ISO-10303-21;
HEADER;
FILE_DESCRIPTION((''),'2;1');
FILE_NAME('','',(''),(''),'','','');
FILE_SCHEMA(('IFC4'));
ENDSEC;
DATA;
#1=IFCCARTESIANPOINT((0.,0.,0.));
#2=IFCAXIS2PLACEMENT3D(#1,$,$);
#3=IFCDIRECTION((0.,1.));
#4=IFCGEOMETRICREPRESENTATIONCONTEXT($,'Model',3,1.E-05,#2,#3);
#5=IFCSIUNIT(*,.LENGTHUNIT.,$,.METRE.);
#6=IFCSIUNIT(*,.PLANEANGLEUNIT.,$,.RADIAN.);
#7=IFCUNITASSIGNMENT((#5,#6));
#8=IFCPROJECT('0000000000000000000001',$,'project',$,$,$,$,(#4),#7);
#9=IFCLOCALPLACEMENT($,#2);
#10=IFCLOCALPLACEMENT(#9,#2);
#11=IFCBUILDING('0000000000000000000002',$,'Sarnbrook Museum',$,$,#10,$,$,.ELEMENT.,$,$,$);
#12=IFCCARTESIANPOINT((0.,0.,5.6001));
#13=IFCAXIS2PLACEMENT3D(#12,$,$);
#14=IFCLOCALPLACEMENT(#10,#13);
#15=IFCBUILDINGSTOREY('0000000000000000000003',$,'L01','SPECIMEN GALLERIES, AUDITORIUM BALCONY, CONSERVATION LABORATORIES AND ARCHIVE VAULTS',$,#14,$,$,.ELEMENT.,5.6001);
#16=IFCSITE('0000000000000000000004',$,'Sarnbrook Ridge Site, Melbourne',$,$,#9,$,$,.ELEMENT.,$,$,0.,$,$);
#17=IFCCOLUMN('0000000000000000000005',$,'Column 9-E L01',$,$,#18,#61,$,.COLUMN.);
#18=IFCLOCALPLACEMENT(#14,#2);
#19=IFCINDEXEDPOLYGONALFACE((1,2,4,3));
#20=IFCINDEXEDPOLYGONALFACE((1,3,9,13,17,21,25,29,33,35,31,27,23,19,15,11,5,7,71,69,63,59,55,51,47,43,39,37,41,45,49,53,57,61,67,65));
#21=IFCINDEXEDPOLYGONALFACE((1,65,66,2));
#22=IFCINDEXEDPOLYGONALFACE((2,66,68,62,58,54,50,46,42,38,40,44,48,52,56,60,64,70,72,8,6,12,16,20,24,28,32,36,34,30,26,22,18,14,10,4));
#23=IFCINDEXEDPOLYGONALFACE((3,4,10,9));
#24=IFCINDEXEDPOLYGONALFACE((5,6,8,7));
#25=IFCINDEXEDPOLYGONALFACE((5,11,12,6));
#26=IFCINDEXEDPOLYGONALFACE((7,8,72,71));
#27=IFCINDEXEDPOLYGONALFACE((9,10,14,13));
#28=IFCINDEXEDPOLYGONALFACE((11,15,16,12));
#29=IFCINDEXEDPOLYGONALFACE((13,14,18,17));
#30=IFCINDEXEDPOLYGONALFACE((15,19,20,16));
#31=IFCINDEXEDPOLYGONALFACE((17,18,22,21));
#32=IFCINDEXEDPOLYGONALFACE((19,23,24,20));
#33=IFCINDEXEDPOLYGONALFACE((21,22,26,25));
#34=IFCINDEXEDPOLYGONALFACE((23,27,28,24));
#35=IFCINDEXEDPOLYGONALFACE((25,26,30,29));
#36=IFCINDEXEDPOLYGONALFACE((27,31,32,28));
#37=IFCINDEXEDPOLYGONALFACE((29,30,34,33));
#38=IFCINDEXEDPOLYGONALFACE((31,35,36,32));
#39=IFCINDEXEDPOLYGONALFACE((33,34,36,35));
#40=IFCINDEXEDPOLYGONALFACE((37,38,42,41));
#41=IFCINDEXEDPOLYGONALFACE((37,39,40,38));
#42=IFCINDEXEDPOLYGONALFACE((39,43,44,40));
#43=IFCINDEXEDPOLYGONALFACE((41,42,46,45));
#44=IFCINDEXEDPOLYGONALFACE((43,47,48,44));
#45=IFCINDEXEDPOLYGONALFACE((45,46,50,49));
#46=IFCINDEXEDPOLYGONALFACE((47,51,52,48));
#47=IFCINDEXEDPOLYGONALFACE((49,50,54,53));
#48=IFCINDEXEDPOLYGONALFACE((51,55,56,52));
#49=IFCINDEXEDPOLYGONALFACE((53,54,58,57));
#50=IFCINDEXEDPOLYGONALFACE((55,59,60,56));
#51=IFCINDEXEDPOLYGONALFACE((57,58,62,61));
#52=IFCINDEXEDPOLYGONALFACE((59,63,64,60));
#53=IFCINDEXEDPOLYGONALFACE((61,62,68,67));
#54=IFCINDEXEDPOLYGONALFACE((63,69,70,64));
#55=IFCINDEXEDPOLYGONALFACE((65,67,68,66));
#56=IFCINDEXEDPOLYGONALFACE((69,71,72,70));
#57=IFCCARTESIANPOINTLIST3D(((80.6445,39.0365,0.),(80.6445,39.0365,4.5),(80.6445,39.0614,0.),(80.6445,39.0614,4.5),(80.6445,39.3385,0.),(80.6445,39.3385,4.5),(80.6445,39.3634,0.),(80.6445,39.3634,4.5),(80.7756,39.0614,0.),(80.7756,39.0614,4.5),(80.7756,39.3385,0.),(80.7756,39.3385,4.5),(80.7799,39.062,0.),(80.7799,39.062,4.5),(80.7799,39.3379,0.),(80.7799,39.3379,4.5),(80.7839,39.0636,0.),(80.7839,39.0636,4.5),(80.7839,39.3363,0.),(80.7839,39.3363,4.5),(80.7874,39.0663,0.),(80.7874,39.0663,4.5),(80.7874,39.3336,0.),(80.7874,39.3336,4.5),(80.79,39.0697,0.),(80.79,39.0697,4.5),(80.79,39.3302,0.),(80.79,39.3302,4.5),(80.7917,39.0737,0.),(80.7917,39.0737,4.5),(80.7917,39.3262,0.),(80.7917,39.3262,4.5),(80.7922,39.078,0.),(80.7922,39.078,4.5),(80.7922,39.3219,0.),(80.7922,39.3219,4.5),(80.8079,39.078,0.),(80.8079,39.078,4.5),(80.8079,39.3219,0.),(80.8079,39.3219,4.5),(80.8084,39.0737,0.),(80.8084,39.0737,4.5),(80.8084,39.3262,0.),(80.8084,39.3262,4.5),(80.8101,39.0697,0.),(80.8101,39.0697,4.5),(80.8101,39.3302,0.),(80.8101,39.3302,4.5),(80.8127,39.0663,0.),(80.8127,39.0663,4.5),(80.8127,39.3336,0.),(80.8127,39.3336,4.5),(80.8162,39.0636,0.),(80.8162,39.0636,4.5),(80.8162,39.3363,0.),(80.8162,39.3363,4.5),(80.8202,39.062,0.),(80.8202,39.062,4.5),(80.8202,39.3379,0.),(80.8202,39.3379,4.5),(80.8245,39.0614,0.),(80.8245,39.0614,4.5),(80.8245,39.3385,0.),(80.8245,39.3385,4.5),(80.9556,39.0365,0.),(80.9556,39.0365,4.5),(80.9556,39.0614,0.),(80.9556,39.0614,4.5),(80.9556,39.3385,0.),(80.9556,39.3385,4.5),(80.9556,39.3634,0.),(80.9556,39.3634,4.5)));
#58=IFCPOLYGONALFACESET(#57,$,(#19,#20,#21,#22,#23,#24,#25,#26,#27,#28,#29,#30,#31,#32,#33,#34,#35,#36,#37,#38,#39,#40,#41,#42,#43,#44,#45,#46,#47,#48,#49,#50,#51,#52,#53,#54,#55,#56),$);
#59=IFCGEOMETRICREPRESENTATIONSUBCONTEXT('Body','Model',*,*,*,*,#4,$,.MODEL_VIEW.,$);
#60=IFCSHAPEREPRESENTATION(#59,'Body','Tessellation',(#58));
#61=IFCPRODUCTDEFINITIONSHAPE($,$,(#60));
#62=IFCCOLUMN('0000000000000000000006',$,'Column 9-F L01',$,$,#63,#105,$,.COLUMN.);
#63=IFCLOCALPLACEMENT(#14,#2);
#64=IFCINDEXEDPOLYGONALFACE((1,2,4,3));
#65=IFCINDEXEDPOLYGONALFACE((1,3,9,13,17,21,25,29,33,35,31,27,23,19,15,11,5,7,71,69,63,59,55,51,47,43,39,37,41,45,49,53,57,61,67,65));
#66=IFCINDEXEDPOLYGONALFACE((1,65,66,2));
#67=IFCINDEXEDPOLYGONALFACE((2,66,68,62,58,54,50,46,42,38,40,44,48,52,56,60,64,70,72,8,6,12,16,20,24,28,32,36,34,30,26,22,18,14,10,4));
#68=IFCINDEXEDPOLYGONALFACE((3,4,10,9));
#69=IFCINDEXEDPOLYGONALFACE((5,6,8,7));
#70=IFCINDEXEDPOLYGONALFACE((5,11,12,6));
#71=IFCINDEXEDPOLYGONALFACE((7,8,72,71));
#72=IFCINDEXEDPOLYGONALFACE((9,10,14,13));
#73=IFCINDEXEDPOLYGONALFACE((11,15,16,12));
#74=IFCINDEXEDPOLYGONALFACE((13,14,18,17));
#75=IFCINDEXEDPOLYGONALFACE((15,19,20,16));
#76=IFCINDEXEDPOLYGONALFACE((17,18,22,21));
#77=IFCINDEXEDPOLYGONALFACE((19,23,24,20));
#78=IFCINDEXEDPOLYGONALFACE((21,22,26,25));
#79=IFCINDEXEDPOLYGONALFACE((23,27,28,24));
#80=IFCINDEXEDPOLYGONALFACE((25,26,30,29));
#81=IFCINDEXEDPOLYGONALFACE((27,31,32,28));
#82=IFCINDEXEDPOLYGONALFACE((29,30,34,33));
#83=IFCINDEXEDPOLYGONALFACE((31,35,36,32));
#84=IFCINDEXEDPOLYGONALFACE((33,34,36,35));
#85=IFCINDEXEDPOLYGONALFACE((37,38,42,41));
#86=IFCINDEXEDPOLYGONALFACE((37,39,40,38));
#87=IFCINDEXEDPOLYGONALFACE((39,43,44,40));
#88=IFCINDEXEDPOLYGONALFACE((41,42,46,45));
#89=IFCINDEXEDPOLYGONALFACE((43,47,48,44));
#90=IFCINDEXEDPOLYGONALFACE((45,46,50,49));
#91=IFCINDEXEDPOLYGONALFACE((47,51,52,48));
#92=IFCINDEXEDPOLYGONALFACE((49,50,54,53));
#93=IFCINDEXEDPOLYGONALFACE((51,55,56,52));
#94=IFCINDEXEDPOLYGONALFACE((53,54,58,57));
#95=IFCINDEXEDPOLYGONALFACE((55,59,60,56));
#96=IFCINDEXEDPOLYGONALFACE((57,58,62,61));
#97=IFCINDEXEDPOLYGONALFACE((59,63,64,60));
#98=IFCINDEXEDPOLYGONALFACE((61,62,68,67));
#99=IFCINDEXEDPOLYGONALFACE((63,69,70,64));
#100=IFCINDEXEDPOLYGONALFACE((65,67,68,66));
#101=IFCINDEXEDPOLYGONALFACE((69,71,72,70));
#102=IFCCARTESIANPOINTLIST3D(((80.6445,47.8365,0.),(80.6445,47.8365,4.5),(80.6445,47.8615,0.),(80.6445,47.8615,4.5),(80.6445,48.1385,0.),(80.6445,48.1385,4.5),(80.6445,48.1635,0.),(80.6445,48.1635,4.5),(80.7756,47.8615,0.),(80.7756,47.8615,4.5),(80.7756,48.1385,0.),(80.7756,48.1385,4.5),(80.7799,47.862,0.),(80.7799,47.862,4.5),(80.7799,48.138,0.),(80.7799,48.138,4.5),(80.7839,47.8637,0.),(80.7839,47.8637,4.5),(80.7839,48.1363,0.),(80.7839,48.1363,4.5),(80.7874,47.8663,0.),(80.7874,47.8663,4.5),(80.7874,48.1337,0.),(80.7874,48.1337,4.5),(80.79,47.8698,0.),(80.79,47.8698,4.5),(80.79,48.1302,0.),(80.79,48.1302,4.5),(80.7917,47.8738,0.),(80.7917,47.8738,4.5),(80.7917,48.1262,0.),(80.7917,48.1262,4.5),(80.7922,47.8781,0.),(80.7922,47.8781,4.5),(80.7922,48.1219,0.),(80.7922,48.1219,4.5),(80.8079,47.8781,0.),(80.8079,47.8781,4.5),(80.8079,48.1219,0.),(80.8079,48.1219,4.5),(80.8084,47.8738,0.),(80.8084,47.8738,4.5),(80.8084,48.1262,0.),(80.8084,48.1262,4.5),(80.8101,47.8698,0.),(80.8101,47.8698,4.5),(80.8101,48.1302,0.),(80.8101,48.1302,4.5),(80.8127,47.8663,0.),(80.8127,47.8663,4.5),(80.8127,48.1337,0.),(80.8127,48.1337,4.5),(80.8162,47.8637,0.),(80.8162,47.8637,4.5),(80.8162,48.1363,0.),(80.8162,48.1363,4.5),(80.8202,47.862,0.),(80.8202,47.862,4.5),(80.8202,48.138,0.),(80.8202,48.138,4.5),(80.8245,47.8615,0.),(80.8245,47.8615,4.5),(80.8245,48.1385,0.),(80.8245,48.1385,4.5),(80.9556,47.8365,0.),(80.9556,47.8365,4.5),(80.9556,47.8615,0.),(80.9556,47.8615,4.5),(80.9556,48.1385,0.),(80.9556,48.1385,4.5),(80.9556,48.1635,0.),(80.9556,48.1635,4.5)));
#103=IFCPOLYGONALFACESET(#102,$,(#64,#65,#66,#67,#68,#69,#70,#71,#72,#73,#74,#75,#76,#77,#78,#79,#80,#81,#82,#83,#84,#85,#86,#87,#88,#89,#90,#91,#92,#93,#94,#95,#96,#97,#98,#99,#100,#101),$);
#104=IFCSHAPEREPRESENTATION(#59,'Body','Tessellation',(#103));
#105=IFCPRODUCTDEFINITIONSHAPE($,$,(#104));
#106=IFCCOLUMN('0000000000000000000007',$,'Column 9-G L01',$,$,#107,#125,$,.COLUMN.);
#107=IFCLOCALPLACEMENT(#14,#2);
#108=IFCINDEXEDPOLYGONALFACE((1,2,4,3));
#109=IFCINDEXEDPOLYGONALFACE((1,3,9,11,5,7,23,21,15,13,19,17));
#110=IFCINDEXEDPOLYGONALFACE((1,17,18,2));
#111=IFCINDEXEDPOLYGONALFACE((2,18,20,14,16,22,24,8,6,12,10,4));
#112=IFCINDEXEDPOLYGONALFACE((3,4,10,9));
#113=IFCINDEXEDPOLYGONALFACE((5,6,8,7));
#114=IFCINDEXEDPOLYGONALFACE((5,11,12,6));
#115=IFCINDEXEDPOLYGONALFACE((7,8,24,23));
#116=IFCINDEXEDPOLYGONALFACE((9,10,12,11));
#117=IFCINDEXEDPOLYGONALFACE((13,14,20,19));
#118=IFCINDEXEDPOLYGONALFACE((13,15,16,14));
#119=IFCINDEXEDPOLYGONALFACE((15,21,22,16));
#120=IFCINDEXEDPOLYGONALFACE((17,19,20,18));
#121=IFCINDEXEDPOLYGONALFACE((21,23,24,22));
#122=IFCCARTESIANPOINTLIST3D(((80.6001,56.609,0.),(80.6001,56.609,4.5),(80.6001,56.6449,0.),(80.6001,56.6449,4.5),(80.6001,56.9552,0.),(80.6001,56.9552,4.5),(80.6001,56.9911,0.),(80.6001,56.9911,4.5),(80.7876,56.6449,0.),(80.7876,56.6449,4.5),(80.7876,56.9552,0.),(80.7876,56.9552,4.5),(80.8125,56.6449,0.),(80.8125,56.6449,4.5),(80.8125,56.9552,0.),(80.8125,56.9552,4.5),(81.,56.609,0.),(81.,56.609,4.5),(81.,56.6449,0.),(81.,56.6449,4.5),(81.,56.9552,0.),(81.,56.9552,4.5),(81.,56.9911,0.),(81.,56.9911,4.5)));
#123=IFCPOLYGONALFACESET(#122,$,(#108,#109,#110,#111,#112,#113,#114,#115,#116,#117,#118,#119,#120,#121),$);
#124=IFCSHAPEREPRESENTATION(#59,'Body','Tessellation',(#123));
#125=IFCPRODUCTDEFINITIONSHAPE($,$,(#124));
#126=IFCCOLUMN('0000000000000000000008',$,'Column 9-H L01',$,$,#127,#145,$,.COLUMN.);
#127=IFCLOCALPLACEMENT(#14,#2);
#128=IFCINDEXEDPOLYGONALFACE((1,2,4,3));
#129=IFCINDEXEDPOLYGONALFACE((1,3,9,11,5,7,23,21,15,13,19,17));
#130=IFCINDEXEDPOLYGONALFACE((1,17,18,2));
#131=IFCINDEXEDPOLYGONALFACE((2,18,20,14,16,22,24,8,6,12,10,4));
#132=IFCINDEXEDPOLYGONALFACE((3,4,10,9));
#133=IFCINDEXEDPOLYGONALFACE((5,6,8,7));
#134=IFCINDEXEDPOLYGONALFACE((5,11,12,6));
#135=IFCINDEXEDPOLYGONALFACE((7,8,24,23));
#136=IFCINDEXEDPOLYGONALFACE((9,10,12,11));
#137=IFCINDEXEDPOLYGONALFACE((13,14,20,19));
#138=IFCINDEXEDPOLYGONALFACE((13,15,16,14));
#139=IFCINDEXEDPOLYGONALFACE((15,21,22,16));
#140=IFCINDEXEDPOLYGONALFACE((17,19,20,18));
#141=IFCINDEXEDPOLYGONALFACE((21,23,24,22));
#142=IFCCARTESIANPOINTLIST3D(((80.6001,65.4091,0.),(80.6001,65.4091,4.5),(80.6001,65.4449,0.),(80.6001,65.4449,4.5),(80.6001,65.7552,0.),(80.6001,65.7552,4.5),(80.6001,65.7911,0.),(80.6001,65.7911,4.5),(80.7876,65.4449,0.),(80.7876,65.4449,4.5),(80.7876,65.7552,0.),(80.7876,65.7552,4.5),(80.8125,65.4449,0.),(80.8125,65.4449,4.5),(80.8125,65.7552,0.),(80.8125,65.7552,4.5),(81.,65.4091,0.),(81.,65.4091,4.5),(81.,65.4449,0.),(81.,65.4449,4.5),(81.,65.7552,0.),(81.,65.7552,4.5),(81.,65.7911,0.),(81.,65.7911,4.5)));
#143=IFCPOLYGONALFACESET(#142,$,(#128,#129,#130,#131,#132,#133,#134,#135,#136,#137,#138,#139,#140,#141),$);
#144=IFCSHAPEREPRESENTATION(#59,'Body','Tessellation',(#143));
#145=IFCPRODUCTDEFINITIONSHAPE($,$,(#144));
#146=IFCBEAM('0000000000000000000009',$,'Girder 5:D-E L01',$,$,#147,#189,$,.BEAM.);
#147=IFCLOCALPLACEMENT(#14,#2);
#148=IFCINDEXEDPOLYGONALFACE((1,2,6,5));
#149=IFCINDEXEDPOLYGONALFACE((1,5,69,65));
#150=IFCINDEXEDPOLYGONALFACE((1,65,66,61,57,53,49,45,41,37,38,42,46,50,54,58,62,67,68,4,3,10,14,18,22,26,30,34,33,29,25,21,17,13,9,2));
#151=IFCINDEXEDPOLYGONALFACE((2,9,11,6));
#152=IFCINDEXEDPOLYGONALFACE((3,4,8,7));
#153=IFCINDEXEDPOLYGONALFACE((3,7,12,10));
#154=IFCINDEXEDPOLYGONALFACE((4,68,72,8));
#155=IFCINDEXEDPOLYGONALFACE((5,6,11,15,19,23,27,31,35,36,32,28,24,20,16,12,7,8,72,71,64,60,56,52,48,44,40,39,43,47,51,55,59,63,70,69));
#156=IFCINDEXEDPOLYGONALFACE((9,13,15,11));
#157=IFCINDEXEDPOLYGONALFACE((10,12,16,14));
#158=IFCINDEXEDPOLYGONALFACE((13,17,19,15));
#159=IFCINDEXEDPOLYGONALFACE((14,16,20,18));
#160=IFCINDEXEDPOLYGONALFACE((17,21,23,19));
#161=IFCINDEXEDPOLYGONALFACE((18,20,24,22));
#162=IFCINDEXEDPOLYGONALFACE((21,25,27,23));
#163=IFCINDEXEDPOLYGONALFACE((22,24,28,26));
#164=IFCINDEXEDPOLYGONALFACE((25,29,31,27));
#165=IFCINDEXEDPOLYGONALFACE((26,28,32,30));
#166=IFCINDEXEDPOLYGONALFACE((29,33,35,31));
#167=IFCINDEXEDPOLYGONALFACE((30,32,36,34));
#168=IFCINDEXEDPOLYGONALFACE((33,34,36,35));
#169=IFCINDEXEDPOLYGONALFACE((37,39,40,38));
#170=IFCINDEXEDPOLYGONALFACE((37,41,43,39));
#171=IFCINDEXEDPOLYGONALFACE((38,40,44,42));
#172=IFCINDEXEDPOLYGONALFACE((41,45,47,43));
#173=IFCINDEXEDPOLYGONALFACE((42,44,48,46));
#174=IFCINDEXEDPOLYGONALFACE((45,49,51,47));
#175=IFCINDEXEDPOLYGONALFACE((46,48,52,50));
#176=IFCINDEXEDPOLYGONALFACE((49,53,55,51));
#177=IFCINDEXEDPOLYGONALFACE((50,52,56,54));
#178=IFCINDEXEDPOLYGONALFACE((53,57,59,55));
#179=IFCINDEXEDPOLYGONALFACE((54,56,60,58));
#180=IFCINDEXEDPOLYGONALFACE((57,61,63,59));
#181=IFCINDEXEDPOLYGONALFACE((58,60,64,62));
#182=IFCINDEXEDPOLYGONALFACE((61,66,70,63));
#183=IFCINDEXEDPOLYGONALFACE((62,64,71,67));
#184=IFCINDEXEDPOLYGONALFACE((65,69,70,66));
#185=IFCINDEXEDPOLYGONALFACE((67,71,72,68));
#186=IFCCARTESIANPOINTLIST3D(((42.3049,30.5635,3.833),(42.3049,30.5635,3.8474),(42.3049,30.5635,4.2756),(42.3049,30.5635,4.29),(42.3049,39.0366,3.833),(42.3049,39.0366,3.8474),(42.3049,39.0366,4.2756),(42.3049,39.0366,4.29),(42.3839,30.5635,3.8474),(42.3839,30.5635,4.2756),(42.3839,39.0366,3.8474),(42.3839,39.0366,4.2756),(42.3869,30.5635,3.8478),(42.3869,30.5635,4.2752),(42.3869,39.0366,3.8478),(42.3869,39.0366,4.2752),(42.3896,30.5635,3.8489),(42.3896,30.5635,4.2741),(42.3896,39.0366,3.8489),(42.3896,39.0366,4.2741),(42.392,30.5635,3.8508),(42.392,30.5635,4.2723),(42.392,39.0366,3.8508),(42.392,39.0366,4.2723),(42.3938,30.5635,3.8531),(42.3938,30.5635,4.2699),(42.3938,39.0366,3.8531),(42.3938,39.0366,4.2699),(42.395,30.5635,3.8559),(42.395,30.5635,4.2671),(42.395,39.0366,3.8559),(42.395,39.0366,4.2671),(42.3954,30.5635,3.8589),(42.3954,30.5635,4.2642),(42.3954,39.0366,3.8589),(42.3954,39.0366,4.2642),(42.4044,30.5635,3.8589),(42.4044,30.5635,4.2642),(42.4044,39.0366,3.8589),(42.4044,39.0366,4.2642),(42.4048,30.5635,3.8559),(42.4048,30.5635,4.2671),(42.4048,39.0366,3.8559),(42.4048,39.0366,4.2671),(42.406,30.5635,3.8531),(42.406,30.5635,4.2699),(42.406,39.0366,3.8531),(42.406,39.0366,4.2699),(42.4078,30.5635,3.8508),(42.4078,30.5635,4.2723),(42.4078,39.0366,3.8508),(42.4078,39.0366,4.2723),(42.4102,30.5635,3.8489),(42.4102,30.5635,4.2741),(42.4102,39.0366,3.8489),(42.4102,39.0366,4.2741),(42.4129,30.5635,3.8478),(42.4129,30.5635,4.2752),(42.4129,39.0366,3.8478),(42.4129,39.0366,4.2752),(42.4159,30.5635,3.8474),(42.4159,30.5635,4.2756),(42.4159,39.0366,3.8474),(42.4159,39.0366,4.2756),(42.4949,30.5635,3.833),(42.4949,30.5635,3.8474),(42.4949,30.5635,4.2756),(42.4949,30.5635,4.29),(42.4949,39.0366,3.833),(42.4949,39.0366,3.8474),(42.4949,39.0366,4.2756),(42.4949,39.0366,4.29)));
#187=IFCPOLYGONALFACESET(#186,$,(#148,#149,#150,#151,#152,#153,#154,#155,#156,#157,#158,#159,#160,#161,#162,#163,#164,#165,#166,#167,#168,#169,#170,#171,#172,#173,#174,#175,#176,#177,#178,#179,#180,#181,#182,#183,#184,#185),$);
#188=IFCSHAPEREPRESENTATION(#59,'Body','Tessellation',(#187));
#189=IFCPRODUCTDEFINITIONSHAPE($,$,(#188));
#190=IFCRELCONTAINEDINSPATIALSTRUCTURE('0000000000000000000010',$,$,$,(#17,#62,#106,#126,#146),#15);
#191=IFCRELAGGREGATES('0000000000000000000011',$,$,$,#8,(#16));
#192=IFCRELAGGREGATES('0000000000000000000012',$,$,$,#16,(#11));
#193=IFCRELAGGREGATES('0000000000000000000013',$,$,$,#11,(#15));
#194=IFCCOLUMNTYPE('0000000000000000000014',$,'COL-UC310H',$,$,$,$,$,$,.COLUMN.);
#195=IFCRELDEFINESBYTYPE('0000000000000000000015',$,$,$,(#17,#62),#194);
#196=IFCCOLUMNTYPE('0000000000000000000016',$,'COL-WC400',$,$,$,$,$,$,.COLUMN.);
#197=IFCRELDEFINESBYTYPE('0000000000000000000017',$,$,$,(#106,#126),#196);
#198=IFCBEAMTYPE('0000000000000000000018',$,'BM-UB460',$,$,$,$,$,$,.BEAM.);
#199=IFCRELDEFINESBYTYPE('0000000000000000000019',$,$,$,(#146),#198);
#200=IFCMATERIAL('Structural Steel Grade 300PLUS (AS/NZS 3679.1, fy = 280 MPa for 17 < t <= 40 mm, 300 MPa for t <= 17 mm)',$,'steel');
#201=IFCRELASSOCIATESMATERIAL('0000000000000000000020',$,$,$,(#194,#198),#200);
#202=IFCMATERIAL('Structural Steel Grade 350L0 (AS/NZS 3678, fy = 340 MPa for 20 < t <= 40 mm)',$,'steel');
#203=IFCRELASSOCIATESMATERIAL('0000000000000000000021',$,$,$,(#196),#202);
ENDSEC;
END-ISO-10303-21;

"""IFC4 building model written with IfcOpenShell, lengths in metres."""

from ifc_helpers import new_model, si_unit, direction, frame, origin, origin_2d, place, context, subcontext, project, spatial, i_section, extrude, material, material_profile, profile_set, type_object, element, save


model = new_model("IFC4")

# Units and contexts
model_context = context("Model", 3, precision=1e-05, world=origin(), true_north=direction((0.0, 1.0)))
body_context = subcontext(model_context, "Body", "Model", "MODEL_VIEW")
ifc_project = project(units=[si_unit("LENGTHUNIT", "METRE"), si_unit("PLANEANGLEUNIT", "RADIAN")], contexts=[model_context])

# Site, building, storey
site_placement = place(None, origin())
site = spatial("IfcSite", under=ifc_project, at=site_placement, Name="Sarnbrook Ridge Site, Melbourne", CompositionType="ELEMENT", RefElevation=0.0)
building_placement = place(site_placement, origin())
building = spatial("IfcBuilding", under=site, at=building_placement, Name="Sarnbrook Museum", CompositionType="ELEMENT")
storey_placement = place(building_placement, frame((0.0, 0.0, 5.6001)))
storey = spatial("IfcBuildingStorey", under=building, at=storey_placement, Name="L01", Description="SPECIMEN GALLERIES, AUDITORIUM BALCONY, CONSERVATION LABORATORIES AND ARCHIVE VAULTS", CompositionType="ELEMENT", Elevation=5.6001)

# Columns
ifc_material_1 = material(Name="Structural Steel Grade 300PLUS (AS/NZS 3679.1, fy = 280 MPa for 17 < t <= 40 mm, 300 MPa for t <= 17 mm)", Category="steel")
ifc_material_profile_1 = material_profile(ifc_material_1, i_section(OverallWidth=0.311, OverallDepth=0.3269, WebThickness=0.0156, FlangeThickness=0.0249, FilletRadius=0.0166, at=origin_2d()), Name="310UC158")
ifc_profile_set_1 = profile_set([ifc_material_profile_1], Name="Structural Steel Grade 300PLUS (AS/NZS 3679.1, fy = 280 MPa for 17 < t <= 40 mm, 300 MPa for t <= 17 mm)")
column_type_1 = type_object("IfcColumnType", Name="COL-UC310H", PredefinedType="COLUMN", material=ifc_profile_set_1)
for number, where, z_axis, x_axis, name in (
    (1, (80.8, 39.2, 0.0), (0.0, 0.0, 1.0), (1.0, 0.0, 0.0), "Column 9-E L01"),
    (2, (80.8, 48.0, 0.0), (0.0, 0.0, 1.0), (1.0, 0.0, 0.0), "Column 9-F L01"),
):
    element("IfcColumn", number, at=place(storey_placement, frame(where, z_axis=z_axis, x_axis=x_axis)), inside=storey, type_object=column_type_1, Name=name, PredefinedType="COLUMN", context=body_context, shape_type="SweptSolid", body=[
        extrude(i_section(OverallWidth=0.311, OverallDepth=0.3269, WebThickness=0.0156, FlangeThickness=0.0249, FilletRadius=0.0166, at=origin_2d()), origin(), (0.0, 0.0, 1.0), 4.5),
    ])
ifc_material_2 = material(Name="Structural Steel Grade 350L0 (AS/NZS 3678, fy = 340 MPa for 20 < t <= 40 mm)", Category="steel")
ifc_material_profile_2 = material_profile(ifc_material_2, i_section(OverallWidth=0.3999, OverallDepth=0.3821, WebThickness=0.0249, FlangeThickness=0.0359, at=origin_2d()), Name="400WC270")
ifc_profile_set_2 = profile_set([ifc_material_profile_2], Name="Structural Steel Grade 350L0 (AS/NZS 3678, fy = 340 MPa for 20 < t <= 40 mm)")
column_type_2 = type_object("IfcColumnType", Name="COL-WC400", PredefinedType="COLUMN", material=ifc_profile_set_2)
for number, where, z_axis, x_axis, name in (
    (3, (80.8, 56.8, 0.0), (0.0, 0.0, 1.0), (1.0, 0.0, 0.0), "Column 9-G L01"),
    (4, (80.8, 65.6001, 0.0), (0.0, 0.0, 1.0), (1.0, 0.0, 0.0), "Column 9-H L01"),
):
    element("IfcColumn", number, at=place(storey_placement, frame(where, z_axis=z_axis, x_axis=x_axis)), inside=storey, type_object=column_type_2, Name=name, PredefinedType="COLUMN", context=body_context, shape_type="SweptSolid", body=[
        extrude(i_section(OverallWidth=0.3999, OverallDepth=0.3821, WebThickness=0.0249, FlangeThickness=0.0359, at=origin_2d()), origin(), (0.0, 0.0, 1.0), 4.5),
    ])

# Beam
ifc_material_profile_3 = material_profile(ifc_material_1, i_section(OverallWidth=0.1899, OverallDepth=0.457, WebThickness=0.009, FlangeThickness=0.0144, FilletRadius=0.0115, at=origin_2d()), Name="460UB74.6")
ifc_profile_set_3 = profile_set([ifc_material_profile_3], Name="Structural Steel Grade 300PLUS (AS/NZS 3679.1, fy = 280 MPa for 17 < t <= 40 mm, 300 MPa for t <= 17 mm)")
beam_type_1 = type_object("IfcBeamType", Name="BM-UB460", PredefinedType="BEAM", material=ifc_profile_set_3)
beam_1_placement = place(storey_placement, frame((42.3999, 30.5635, 4.0615), z_axis=(0.0, 1.0, 0.0), x_axis=(-1.0, 0.0, 0.0)))
element("IfcBeam", 5, at=beam_1_placement, inside=storey, type_object=beam_type_1, Name="Girder 5:D-E L01", PredefinedType="BEAM", context=body_context, shape_type="SweptSolid", body=[
    extrude(i_section(OverallWidth=0.1899, OverallDepth=0.457, WebThickness=0.009, FlangeThickness=0.0144, FilletRadius=0.0115, at=origin_2d()), origin(), (0.0, 0.0, 1.0), 8.4731),
])

save(model, "model.ifc")
